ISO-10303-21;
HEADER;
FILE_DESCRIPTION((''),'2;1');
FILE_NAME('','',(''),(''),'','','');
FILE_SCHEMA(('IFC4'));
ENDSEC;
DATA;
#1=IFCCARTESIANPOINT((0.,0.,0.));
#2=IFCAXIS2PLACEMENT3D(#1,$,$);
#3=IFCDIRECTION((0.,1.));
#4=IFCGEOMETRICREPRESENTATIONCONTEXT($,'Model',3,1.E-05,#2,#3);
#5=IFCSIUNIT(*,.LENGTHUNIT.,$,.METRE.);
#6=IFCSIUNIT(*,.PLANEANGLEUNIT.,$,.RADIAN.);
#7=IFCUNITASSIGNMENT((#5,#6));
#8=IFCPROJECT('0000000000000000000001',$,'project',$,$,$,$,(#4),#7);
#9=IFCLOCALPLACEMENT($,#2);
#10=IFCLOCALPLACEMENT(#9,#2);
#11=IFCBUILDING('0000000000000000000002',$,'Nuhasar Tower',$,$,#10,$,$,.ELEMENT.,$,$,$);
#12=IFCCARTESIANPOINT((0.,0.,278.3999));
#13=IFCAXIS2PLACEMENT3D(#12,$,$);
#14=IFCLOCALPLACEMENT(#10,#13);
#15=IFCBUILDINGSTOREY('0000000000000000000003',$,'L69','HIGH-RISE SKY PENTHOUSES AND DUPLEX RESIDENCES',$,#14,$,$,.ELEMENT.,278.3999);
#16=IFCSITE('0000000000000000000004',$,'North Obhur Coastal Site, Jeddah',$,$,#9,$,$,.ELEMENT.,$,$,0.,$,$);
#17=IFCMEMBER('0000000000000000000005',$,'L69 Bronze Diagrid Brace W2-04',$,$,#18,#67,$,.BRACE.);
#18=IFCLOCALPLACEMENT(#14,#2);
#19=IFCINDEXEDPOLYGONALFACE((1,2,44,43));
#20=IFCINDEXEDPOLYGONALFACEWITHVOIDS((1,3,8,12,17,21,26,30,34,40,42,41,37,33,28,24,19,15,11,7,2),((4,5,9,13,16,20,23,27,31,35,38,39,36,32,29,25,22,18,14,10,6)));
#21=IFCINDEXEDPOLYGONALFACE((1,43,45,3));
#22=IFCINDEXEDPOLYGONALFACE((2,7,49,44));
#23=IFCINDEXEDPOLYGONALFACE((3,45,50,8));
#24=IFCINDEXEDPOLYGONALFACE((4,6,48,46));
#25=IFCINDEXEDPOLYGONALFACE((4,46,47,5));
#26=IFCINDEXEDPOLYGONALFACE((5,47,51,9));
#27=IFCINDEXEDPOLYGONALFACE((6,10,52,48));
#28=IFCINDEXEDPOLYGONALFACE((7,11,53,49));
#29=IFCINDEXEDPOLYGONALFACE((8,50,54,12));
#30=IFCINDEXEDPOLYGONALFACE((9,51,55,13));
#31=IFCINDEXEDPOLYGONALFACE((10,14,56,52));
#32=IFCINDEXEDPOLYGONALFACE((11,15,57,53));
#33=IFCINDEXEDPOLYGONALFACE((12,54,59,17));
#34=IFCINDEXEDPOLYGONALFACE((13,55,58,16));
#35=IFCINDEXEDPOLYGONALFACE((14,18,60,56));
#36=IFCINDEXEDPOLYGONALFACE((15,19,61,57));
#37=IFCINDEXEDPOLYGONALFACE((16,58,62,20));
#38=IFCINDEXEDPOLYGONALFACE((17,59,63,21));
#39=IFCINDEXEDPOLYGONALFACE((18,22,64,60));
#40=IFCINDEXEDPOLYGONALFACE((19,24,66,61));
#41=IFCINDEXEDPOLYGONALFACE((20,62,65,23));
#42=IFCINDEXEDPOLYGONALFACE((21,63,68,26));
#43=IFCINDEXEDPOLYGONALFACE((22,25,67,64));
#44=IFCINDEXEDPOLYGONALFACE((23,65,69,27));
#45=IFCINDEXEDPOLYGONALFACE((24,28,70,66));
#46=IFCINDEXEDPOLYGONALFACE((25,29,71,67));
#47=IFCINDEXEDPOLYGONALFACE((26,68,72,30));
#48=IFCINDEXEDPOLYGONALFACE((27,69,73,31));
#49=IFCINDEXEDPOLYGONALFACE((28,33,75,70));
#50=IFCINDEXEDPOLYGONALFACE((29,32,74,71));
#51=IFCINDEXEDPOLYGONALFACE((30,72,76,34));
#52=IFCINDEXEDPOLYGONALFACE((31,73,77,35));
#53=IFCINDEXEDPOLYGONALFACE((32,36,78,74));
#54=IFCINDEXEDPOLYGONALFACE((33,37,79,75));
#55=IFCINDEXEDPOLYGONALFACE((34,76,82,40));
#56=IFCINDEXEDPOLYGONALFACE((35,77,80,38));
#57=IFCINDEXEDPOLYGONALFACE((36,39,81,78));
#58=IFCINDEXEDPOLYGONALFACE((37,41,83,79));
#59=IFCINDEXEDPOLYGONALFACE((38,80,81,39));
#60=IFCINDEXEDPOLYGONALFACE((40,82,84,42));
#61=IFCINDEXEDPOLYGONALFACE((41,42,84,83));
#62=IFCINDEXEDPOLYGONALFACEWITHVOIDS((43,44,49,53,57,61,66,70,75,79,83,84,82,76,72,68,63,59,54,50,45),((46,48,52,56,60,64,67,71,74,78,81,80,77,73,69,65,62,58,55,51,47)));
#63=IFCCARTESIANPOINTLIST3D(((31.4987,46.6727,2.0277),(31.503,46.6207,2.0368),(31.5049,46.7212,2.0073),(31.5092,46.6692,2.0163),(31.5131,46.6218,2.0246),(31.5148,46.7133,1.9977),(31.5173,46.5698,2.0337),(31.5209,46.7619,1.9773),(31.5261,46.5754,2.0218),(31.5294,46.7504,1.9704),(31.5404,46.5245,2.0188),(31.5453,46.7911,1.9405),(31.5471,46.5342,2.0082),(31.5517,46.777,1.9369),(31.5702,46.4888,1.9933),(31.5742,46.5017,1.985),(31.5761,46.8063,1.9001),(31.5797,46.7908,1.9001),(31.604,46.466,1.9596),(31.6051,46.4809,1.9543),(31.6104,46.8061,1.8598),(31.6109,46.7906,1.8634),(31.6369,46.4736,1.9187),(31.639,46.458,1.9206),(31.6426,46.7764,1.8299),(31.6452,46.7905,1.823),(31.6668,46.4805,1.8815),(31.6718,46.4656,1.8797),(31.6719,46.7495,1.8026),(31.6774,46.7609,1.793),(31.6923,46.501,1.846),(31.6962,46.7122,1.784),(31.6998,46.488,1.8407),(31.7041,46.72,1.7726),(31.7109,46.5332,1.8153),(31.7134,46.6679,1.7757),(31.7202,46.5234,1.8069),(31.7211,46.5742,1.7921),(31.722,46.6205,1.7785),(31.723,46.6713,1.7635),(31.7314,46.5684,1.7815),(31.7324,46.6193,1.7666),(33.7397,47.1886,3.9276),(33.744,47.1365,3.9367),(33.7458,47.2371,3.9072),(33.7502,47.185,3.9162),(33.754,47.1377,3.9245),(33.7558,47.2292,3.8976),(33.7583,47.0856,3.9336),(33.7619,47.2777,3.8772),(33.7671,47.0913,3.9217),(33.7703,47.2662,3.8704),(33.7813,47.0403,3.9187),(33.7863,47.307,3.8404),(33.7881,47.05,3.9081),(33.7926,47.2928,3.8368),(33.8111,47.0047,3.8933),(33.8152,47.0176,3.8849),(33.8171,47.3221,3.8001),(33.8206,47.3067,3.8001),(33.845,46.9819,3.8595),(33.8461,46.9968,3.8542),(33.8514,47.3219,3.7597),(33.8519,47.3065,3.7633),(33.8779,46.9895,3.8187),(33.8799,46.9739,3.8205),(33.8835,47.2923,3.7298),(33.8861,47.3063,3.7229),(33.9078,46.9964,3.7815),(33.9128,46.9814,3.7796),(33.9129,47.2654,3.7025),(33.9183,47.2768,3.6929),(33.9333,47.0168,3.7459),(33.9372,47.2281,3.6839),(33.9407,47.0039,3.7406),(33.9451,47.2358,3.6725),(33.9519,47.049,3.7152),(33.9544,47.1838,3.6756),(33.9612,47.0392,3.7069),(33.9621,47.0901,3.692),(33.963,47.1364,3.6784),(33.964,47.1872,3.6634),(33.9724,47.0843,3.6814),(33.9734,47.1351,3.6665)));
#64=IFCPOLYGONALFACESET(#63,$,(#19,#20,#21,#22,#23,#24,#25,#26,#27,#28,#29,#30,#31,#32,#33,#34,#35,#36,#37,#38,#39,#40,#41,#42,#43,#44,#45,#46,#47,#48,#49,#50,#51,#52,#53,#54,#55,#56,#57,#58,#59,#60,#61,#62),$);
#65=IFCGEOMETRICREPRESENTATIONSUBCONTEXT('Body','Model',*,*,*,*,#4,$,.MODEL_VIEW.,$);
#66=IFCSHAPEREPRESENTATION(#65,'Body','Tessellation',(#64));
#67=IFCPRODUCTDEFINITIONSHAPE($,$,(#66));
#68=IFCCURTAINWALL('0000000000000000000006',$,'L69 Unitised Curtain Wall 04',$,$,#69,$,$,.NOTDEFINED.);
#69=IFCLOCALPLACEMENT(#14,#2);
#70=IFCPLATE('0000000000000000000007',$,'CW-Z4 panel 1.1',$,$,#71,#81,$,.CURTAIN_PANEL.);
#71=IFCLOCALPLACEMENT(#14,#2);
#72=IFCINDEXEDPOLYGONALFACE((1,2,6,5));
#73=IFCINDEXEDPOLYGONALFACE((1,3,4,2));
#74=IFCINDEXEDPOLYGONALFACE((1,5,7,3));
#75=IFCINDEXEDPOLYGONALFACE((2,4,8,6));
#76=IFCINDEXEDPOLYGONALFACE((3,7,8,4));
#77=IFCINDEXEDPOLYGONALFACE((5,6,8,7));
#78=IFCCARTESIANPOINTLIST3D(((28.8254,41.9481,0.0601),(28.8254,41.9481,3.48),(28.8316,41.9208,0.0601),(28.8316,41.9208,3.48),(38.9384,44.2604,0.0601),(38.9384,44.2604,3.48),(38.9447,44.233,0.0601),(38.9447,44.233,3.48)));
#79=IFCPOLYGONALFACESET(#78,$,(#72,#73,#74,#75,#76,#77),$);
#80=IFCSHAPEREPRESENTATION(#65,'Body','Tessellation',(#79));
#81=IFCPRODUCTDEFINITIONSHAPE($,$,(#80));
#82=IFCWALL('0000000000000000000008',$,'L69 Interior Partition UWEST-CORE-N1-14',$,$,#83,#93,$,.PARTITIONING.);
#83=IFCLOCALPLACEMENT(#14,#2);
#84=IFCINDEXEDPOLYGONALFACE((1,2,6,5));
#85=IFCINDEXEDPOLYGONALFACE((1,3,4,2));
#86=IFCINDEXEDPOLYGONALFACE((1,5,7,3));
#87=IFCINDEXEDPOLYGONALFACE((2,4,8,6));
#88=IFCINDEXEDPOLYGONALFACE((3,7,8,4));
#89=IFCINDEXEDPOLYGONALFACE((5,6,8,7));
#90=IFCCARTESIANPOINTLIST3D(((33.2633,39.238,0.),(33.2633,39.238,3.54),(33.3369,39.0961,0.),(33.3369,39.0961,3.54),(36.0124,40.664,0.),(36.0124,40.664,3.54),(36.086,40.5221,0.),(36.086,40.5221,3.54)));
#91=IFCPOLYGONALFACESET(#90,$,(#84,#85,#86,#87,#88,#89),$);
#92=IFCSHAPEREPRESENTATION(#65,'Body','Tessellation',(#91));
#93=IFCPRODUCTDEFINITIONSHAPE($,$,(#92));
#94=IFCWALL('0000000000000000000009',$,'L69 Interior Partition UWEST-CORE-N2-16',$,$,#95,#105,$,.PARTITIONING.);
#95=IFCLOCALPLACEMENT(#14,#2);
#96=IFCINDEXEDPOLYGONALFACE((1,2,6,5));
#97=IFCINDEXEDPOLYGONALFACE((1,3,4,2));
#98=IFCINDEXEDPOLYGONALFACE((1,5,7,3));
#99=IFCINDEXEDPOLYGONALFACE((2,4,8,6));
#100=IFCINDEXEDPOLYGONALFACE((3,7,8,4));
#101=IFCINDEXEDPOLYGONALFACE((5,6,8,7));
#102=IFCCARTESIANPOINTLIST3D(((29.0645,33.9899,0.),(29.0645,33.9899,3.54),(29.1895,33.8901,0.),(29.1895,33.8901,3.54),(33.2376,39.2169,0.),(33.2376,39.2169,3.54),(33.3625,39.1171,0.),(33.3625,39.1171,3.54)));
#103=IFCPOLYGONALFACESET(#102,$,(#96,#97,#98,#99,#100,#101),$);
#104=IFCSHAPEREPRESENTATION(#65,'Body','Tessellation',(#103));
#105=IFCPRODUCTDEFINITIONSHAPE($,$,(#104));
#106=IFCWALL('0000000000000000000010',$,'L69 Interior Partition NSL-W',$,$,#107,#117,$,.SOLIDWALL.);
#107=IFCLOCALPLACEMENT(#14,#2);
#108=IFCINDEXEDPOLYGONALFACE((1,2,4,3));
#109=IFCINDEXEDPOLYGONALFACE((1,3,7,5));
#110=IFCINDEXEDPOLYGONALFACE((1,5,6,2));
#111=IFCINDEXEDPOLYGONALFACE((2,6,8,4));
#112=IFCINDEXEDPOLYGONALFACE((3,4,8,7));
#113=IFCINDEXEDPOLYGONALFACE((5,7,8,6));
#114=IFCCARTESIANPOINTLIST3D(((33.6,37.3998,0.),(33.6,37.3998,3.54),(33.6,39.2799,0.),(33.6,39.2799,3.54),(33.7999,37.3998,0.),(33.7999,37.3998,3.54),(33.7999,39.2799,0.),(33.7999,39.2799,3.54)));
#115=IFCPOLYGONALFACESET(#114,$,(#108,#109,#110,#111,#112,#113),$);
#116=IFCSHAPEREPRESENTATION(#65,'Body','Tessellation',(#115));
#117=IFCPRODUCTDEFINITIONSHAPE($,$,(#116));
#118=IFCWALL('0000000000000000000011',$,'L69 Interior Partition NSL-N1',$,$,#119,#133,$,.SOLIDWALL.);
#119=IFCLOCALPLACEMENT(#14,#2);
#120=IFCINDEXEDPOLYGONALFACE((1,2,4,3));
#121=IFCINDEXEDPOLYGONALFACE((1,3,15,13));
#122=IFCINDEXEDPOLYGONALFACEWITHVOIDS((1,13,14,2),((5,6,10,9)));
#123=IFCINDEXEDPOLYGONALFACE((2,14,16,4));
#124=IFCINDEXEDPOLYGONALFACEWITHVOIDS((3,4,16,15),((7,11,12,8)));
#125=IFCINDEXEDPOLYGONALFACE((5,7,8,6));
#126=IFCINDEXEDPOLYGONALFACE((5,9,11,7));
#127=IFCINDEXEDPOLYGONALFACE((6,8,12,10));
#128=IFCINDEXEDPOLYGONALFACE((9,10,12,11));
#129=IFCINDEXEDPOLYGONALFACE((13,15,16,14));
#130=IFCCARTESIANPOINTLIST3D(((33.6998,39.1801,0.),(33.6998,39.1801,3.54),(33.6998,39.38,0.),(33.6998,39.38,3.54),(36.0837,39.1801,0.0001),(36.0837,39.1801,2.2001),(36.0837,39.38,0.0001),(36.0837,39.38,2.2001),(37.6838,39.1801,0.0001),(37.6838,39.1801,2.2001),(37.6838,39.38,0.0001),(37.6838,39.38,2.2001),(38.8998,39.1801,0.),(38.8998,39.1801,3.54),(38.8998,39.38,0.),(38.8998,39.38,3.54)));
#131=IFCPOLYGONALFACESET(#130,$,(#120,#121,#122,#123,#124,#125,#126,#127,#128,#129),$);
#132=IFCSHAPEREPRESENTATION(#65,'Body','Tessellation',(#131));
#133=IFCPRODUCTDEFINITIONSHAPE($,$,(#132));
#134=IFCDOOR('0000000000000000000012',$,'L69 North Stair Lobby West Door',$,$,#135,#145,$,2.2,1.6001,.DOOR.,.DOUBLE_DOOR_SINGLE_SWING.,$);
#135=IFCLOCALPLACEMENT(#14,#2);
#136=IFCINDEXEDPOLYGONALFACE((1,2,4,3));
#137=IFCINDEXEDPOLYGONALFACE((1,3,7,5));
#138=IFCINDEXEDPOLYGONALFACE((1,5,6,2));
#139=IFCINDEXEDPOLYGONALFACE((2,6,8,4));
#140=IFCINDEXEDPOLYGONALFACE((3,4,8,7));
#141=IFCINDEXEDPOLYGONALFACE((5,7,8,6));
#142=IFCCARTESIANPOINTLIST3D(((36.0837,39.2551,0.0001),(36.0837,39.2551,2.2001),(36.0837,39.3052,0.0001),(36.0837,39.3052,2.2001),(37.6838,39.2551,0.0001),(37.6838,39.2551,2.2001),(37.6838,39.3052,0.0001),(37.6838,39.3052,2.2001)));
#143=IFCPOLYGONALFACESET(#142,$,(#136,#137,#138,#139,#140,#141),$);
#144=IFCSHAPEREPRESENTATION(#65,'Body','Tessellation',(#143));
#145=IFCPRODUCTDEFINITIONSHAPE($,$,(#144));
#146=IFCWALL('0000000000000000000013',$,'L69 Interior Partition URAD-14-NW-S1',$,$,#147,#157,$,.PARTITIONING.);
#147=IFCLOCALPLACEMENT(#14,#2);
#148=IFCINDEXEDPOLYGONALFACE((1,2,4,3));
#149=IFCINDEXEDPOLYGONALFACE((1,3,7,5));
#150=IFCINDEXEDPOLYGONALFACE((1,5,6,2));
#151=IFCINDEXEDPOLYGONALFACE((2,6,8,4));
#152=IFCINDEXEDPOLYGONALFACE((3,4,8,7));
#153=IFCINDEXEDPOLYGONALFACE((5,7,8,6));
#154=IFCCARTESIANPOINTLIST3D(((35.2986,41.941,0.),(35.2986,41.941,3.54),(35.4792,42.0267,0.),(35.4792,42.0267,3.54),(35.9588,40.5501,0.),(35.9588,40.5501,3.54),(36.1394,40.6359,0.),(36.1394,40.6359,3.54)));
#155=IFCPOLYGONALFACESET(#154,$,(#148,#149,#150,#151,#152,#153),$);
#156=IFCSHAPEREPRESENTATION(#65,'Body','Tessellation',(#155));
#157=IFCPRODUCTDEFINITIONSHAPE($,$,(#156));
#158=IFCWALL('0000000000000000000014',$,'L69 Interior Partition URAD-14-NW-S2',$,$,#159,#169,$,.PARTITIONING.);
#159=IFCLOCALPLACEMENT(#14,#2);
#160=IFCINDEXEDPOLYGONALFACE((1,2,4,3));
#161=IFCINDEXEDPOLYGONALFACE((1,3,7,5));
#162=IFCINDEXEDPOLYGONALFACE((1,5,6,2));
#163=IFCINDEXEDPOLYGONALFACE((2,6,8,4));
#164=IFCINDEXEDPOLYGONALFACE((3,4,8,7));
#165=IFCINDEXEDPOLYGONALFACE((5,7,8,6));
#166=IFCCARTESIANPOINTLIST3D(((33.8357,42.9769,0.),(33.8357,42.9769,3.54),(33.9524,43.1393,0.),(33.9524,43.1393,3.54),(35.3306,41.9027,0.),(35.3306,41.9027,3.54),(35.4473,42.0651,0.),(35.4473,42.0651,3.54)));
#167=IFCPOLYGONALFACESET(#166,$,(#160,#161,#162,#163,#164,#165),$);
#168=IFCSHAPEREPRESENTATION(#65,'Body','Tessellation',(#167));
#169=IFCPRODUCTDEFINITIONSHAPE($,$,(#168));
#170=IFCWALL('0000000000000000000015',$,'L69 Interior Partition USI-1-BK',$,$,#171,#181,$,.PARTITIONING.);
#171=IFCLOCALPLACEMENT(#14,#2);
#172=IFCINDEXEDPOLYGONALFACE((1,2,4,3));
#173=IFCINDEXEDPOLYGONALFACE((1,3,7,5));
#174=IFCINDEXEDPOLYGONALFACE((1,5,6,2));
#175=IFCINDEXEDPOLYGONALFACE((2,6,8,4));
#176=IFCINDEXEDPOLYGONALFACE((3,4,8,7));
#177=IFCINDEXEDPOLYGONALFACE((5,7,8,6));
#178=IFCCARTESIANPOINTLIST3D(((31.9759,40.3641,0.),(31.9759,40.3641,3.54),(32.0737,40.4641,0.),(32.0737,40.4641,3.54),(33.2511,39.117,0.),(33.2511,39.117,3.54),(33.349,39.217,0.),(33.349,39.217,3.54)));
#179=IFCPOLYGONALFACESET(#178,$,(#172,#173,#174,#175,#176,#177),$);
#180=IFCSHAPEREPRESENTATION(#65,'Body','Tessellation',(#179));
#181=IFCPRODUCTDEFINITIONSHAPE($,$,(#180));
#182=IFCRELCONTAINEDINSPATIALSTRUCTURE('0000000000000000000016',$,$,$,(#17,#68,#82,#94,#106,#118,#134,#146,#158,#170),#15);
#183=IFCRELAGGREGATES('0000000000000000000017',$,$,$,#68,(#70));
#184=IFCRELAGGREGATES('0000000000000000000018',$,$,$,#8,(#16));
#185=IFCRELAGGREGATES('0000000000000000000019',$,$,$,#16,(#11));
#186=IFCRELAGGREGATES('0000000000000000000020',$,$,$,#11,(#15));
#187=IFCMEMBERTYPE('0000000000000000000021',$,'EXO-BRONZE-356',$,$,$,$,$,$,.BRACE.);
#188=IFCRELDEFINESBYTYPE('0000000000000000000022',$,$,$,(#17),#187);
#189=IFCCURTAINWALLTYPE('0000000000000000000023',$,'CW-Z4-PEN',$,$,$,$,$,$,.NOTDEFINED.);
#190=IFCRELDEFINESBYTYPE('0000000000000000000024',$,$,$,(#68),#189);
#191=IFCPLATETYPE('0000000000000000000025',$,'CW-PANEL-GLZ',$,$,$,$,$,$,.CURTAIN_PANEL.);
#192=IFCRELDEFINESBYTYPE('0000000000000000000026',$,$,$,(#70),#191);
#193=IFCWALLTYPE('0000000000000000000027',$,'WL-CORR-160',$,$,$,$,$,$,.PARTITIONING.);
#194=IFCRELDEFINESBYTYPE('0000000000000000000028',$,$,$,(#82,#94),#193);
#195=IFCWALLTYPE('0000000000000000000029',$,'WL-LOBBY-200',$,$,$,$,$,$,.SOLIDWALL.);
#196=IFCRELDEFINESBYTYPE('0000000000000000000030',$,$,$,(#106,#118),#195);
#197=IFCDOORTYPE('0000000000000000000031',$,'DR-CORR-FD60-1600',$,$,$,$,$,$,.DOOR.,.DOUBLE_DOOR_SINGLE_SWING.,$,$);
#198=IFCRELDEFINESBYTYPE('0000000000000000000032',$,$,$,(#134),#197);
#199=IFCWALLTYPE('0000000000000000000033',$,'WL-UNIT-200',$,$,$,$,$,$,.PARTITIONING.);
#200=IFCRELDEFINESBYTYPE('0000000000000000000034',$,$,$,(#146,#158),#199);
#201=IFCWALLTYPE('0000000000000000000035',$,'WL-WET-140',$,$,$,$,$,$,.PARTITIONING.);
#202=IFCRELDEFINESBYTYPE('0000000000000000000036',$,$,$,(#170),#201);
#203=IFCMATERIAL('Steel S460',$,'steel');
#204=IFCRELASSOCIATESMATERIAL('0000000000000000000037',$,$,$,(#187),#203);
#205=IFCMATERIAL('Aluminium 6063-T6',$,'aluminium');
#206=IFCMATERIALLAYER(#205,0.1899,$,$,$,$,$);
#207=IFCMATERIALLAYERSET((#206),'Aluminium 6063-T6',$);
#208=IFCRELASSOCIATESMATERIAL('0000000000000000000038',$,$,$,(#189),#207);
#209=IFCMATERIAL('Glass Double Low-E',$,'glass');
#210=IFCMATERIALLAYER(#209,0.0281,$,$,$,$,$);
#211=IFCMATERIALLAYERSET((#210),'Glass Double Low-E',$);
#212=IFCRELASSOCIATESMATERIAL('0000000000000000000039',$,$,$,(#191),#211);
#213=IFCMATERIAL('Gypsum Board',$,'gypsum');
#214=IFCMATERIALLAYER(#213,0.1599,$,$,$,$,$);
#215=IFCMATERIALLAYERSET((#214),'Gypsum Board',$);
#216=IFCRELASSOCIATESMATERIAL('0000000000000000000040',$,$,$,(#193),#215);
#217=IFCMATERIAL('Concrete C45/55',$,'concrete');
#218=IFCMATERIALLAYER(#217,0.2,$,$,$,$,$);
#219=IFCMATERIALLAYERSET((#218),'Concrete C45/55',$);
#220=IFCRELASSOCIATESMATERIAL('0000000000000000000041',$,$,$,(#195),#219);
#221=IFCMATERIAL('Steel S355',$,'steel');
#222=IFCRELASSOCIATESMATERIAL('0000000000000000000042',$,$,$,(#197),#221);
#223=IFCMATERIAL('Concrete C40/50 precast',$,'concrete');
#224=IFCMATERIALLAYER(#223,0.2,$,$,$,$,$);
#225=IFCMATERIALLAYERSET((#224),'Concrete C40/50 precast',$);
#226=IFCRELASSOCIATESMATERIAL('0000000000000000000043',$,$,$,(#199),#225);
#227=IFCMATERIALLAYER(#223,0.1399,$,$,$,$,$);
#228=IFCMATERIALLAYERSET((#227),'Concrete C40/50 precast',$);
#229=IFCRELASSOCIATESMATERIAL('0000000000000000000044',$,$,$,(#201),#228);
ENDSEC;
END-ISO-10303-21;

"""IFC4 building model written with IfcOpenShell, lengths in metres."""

from ifc_helpers import new_model, si_unit, direction, frame, frame_2d, origin, origin_2d, place, context, subcontext, project, spatial, rectangle, hollow_circle, extrude, material, layer, layer_set, material_profile, profile_set, type_object, element, fill, aggregate, save


model = new_model("IFC4")

# Units and contexts
model_context = context("Model", 3, precision=1e-05, world=origin(), true_north=direction((0.0, 1.0)))
body_context = subcontext(model_context, "Body", "Model", "MODEL_VIEW")
ifc_project = project(units=[si_unit("LENGTHUNIT", "METRE"), si_unit("PLANEANGLEUNIT", "RADIAN")], contexts=[model_context])

# Site, building, storey
site_placement = place(None, origin())
site = spatial("IfcSite", under=ifc_project, at=site_placement, Name="North Obhur Coastal Site, Jeddah", CompositionType="ELEMENT", RefElevation=0.0)
building_placement = place(site_placement, origin())
building = spatial("IfcBuilding", under=site, at=building_placement, Name="Nuhasar Tower", CompositionType="ELEMENT")
storey_placement = place(building_placement, frame((0.0, 0.0, 278.3999)))
storey = spatial("IfcBuildingStorey", under=building, at=storey_placement, Name="L69", Description="HIGH-RISE SKY PENTHOUSES AND DUPLEX RESIDENCES", CompositionType="ELEMENT", Elevation=278.3999)

# Shared definitions
ifc_material_1 = material(Name="Steel S355", Category="steel")

# Member
ifc_material_2 = material(Name="Steel S460", Category="steel")
ifc_material_profile_1 = material_profile(ifc_material_2, hollow_circle(Radius=0.1777, WallThickness=0.0159, at=origin_2d()), Name="HSS355.6X15.9")
ifc_profile_set_1 = profile_set([ifc_material_profile_1], Name="Steel S460")
member_type = type_object("IfcMemberType", Name="EXO-BRONZE-356", PredefinedType="BRACE", material=ifc_profile_set_1)
member_1_placement = place(storey_placement, frame((31.616, 46.6331, 1.9001), z_axis=(0.751272, 0.172942, 0.636932), x_axis=(-0.224332, 0.974513, 0.0)))
element("IfcMember", 1, at=member_1_placement, inside=storey, type_object=member_type, Name="L69 Bronze Diagrid Brace W2-04", PredefinedType="BRACE", context=body_context, shape_type="SweptSolid", body=[
    extrude(hollow_circle(Radius=0.1777, WallThickness=0.0159, at=origin_2d()), origin(), (0.0, 0.0, 1.0), 2.9829),
])

# Curtain wall, plate
ifc_material_3 = material(Name="Aluminium 6063-T6", Category="aluminium")
ifc_layer_1 = layer(ifc_material_3, 0.1899)
ifc_layer_set_1 = layer_set([ifc_layer_1], Name="Aluminium 6063-T6")
curtain_wall_type = type_object("IfcCurtainWallType", Name="CW-Z4-PEN", PredefinedType="NOTDEFINED", material=ifc_layer_set_1)
curtain_wall_placement = place(storey_placement, origin())
curtain_wall = element("IfcCurtainWall", 2, at=curtain_wall_placement, inside=storey, type_object=curtain_wall_type, Name="L69 Unitised Curtain Wall 04", PredefinedType="NOTDEFINED")
ifc_material_4 = material(Name="Glass Double Low-E", Category="glass")
ifc_layer_2 = layer(ifc_material_4, 0.0281)
ifc_layer_set_2 = layer_set([ifc_layer_2], Name="Glass Double Low-E")
plate_type = type_object("IfcPlateType", Name="CW-PANEL-GLZ", PredefinedType="CURTAIN_PANEL", material=ifc_layer_set_2)
plate_placement = place(storey_placement, frame((33.885, 43.0906, 0.0601), z_axis=(0.0, 0.0, 1.0), x_axis=(-0.974844, -0.222889, 0.0)))
plate = element("IfcPlate", 3, at=plate_placement, type_object=plate_type, Name="CW-Z4 panel 1.1", PredefinedType="CURTAIN_PANEL", context=body_context, shape_type="SweptSolid", body=[
    extrude(rectangle(XDim=10.374, YDim=0.0281, at=origin_2d()), origin(), (0.0, 0.0, 1.0), 3.4199),
])
aggregate(curtain_wall, [plate])

# Walls
ifc_material_5 = material(Name="Gypsum Board", Category="gypsum")
ifc_layer_3 = layer(ifc_material_5, 0.1599)
ifc_layer_set_3 = layer_set([ifc_layer_3], Name="Gypsum Board")
wall_type_1 = type_object("IfcWallType", Name="WL-CORR-160", PredefinedType="PARTITIONING", material=ifc_layer_set_3)
wall_1_placement = place(storey_placement, frame((36.0491, 40.593, 0.0), z_axis=(0.0, 0.0, 1.0), x_axis=(-0.887675, -0.460471, 0.0)))
element("IfcWall", 4, at=wall_1_placement, inside=storey, type_object=wall_type_1, Name="L69 Interior Partition UWEST-CORE-N1-14", PredefinedType="PARTITIONING", context=body_context, shape_type="SweptSolid", body=[
    extrude(rectangle(XDim=3.0969, YDim=0.1599, at=frame_2d((1.5483, 0.0))), origin(), (0.0, 0.0, 1.0), 3.54),
])
wall_2_placement = place(storey_placement, frame((33.3, 39.167, 0.0), z_axis=(0.0, 0.0, 1.0), x_axis=(-0.623916, -0.781492, 0.0)))
element("IfcWall", 5, at=wall_2_placement, inside=storey, type_object=wall_type_1, Name="L69 Interior Partition UWEST-CORE-N2-16", PredefinedType="PARTITIONING", context=body_context, shape_type="SweptSolid", body=[
    extrude(rectangle(XDim=6.6885, YDim=0.1599, at=frame_2d((3.3442, 0.0))), origin(), (0.0, 0.0, 1.0), 3.54),
])
ifc_material_6 = material(Name="Concrete C45/55", Category="concrete")
ifc_layer_4 = layer(ifc_material_6, 0.2)
ifc_layer_set_4 = layer_set([ifc_layer_4], Name="Concrete C45/55")
wall_type_2 = type_object("IfcWallType", Name="WL-LOBBY-200", PredefinedType="SOLIDWALL", material=ifc_layer_set_4)
wall_3_placement = place(storey_placement, frame((33.7, 37.3999, 0.0), z_axis=(0.0, 0.0, 1.0), x_axis=(0.0, 1.0, 0.0)))
element("IfcWall", 6, at=wall_3_placement, inside=storey, type_object=wall_type_2, Name="L69 Interior Partition NSL-W", PredefinedType="SOLIDWALL", context=body_context, shape_type="SweptSolid", body=[
    extrude(rectangle(XDim=1.8801, YDim=0.2, at=frame_2d((0.9399, 0.0))), origin(), (0.0, 0.0, 1.0), 3.54),
])

# Wall, opening, door
wall_4_placement = place(storey_placement, frame((38.8999, 39.28, 0.0), z_axis=(0.0, 0.0, 1.0), x_axis=(-1.0, 0.0, 0.0)))
wall_4 = element("IfcWall", 7, at=wall_4_placement, inside=storey, type_object=wall_type_2, Name="L69 Interior Partition NSL-N1", PredefinedType="SOLIDWALL", context=body_context, shape_type="SweptSolid", body=[
    extrude(rectangle(XDim=5.2, YDim=0.2, at=frame_2d((2.6001, 0.0))), origin(), (0.0, 0.0, 1.0), 3.54),
])
opening_1_placement = place(wall_4_placement, frame((1.2161, 0.0, 0.0)))
opening_1 = element("IfcOpeningElement", 8, at=opening_1_placement, cuts=wall_4, PredefinedType="OPENING", context=body_context, shape_type="SweptSolid", body=[
    extrude(rectangle(XDim=1.6001, YDim=2.2, at=frame_2d((0.8, 1.1001))), frame((0.0, 0.1099, 0.0), z_axis=(0.0, -1.0, 0.0), x_axis=(1.0, 0.0, 0.0)), (0.0, 0.0, 1.0), 0.22),
])
door_type_1 = type_object("IfcDoorType", Name="DR-CORR-FD60-1600", OperationType="DOUBLE_DOOR_SINGLE_SWING", PredefinedType="DOOR", material=ifc_material_1)
door_1_placement = place(opening_1_placement, origin())
door_1 = element("IfcDoor", 9, at=door_1_placement, inside=storey, type_object=door_type_1, Name="L69 North Stair Lobby West Door", OperationType="DOUBLE_DOOR_SINGLE_SWING", OverallHeight=2.2, OverallWidth=1.6001, PredefinedType="DOOR", context=body_context, shape_type="SweptSolid", body=[
    extrude(rectangle(XDim=1.6001, YDim=2.2, at=frame_2d((0.8, 1.1001))), frame((0.0, 0.0249, 0.0), z_axis=(0.0, -1.0, 0.0), x_axis=(1.0, 0.0, 0.0)), (0.0, 0.0, 1.0), 0.05),
])
fill(opening_1, door_1)

# Walls
ifc_material_7 = material(Name="Concrete C40/50 precast", Category="concrete")
ifc_layer_5 = layer(ifc_material_7, 0.2)
ifc_layer_set_5 = layer_set([ifc_layer_5], Name="Concrete C40/50 precast")
wall_type_3 = type_object("IfcWallType", Name="WL-UNIT-200", PredefinedType="PARTITIONING", material=ifc_layer_set_5)
wall_5_placement = place(storey_placement, frame((36.0491, 40.593, 0.0), z_axis=(0.0, 0.0, 1.0), x_axis=(-0.428788, 0.903405, 0.0)))
element("IfcWall", 10, at=wall_5_placement, inside=storey, type_object=wall_type_3, Name="L69 Interior Partition URAD-14-NW-S1", PredefinedType="PARTITIONING", context=body_context, shape_type="SweptSolid", body=[
    extrude(rectangle(XDim=1.5396, YDim=0.2, at=frame_2d((0.7698, 0.0))), origin(), (0.0, 0.0, 1.0), 3.54),
])
wall_6_placement = place(storey_placement, frame((35.3889, 41.9839, 0.0), z_axis=(0.0, 0.0, 1.0), x_axis=(-0.812072, 0.583557, 0.0)))
element("IfcWall", 11, at=wall_6_placement, inside=storey, type_object=wall_type_3, Name="L69 Interior Partition URAD-14-NW-S2", PredefinedType="PARTITIONING", context=body_context, shape_type="SweptSolid", body=[
    extrude(rectangle(XDim=1.8408, YDim=0.2, at=frame_2d((0.9204, 0.0))), origin(), (0.0, 0.0, 1.0), 3.54),
])
ifc_layer_6 = layer(ifc_material_7, 0.1399)
ifc_layer_set_6 = layer_set([ifc_layer_6], Name="Concrete C40/50 precast")
wall_type_4 = type_object("IfcWallType", Name="WL-WET-140", PredefinedType="PARTITIONING", material=ifc_layer_set_6)
wall_7_placement = place(storey_placement, frame((33.3, 39.167, 0.0), z_axis=(0.0, 0.0, 1.0), x_axis=(-0.714934, 0.699192, 0.0)))
element("IfcWall", 12, at=wall_7_placement, inside=storey, type_object=wall_type_4, Name="L69 Interior Partition USI-1-BK", PredefinedType="PARTITIONING", context=body_context, shape_type="SweptSolid", body=[
    extrude(rectangle(XDim=1.7837, YDim=0.1399, at=frame_2d((0.8918, 0.0))), origin(), (0.0, 0.0, 1.0), 3.54),
])

save(model, "model.ifc")
